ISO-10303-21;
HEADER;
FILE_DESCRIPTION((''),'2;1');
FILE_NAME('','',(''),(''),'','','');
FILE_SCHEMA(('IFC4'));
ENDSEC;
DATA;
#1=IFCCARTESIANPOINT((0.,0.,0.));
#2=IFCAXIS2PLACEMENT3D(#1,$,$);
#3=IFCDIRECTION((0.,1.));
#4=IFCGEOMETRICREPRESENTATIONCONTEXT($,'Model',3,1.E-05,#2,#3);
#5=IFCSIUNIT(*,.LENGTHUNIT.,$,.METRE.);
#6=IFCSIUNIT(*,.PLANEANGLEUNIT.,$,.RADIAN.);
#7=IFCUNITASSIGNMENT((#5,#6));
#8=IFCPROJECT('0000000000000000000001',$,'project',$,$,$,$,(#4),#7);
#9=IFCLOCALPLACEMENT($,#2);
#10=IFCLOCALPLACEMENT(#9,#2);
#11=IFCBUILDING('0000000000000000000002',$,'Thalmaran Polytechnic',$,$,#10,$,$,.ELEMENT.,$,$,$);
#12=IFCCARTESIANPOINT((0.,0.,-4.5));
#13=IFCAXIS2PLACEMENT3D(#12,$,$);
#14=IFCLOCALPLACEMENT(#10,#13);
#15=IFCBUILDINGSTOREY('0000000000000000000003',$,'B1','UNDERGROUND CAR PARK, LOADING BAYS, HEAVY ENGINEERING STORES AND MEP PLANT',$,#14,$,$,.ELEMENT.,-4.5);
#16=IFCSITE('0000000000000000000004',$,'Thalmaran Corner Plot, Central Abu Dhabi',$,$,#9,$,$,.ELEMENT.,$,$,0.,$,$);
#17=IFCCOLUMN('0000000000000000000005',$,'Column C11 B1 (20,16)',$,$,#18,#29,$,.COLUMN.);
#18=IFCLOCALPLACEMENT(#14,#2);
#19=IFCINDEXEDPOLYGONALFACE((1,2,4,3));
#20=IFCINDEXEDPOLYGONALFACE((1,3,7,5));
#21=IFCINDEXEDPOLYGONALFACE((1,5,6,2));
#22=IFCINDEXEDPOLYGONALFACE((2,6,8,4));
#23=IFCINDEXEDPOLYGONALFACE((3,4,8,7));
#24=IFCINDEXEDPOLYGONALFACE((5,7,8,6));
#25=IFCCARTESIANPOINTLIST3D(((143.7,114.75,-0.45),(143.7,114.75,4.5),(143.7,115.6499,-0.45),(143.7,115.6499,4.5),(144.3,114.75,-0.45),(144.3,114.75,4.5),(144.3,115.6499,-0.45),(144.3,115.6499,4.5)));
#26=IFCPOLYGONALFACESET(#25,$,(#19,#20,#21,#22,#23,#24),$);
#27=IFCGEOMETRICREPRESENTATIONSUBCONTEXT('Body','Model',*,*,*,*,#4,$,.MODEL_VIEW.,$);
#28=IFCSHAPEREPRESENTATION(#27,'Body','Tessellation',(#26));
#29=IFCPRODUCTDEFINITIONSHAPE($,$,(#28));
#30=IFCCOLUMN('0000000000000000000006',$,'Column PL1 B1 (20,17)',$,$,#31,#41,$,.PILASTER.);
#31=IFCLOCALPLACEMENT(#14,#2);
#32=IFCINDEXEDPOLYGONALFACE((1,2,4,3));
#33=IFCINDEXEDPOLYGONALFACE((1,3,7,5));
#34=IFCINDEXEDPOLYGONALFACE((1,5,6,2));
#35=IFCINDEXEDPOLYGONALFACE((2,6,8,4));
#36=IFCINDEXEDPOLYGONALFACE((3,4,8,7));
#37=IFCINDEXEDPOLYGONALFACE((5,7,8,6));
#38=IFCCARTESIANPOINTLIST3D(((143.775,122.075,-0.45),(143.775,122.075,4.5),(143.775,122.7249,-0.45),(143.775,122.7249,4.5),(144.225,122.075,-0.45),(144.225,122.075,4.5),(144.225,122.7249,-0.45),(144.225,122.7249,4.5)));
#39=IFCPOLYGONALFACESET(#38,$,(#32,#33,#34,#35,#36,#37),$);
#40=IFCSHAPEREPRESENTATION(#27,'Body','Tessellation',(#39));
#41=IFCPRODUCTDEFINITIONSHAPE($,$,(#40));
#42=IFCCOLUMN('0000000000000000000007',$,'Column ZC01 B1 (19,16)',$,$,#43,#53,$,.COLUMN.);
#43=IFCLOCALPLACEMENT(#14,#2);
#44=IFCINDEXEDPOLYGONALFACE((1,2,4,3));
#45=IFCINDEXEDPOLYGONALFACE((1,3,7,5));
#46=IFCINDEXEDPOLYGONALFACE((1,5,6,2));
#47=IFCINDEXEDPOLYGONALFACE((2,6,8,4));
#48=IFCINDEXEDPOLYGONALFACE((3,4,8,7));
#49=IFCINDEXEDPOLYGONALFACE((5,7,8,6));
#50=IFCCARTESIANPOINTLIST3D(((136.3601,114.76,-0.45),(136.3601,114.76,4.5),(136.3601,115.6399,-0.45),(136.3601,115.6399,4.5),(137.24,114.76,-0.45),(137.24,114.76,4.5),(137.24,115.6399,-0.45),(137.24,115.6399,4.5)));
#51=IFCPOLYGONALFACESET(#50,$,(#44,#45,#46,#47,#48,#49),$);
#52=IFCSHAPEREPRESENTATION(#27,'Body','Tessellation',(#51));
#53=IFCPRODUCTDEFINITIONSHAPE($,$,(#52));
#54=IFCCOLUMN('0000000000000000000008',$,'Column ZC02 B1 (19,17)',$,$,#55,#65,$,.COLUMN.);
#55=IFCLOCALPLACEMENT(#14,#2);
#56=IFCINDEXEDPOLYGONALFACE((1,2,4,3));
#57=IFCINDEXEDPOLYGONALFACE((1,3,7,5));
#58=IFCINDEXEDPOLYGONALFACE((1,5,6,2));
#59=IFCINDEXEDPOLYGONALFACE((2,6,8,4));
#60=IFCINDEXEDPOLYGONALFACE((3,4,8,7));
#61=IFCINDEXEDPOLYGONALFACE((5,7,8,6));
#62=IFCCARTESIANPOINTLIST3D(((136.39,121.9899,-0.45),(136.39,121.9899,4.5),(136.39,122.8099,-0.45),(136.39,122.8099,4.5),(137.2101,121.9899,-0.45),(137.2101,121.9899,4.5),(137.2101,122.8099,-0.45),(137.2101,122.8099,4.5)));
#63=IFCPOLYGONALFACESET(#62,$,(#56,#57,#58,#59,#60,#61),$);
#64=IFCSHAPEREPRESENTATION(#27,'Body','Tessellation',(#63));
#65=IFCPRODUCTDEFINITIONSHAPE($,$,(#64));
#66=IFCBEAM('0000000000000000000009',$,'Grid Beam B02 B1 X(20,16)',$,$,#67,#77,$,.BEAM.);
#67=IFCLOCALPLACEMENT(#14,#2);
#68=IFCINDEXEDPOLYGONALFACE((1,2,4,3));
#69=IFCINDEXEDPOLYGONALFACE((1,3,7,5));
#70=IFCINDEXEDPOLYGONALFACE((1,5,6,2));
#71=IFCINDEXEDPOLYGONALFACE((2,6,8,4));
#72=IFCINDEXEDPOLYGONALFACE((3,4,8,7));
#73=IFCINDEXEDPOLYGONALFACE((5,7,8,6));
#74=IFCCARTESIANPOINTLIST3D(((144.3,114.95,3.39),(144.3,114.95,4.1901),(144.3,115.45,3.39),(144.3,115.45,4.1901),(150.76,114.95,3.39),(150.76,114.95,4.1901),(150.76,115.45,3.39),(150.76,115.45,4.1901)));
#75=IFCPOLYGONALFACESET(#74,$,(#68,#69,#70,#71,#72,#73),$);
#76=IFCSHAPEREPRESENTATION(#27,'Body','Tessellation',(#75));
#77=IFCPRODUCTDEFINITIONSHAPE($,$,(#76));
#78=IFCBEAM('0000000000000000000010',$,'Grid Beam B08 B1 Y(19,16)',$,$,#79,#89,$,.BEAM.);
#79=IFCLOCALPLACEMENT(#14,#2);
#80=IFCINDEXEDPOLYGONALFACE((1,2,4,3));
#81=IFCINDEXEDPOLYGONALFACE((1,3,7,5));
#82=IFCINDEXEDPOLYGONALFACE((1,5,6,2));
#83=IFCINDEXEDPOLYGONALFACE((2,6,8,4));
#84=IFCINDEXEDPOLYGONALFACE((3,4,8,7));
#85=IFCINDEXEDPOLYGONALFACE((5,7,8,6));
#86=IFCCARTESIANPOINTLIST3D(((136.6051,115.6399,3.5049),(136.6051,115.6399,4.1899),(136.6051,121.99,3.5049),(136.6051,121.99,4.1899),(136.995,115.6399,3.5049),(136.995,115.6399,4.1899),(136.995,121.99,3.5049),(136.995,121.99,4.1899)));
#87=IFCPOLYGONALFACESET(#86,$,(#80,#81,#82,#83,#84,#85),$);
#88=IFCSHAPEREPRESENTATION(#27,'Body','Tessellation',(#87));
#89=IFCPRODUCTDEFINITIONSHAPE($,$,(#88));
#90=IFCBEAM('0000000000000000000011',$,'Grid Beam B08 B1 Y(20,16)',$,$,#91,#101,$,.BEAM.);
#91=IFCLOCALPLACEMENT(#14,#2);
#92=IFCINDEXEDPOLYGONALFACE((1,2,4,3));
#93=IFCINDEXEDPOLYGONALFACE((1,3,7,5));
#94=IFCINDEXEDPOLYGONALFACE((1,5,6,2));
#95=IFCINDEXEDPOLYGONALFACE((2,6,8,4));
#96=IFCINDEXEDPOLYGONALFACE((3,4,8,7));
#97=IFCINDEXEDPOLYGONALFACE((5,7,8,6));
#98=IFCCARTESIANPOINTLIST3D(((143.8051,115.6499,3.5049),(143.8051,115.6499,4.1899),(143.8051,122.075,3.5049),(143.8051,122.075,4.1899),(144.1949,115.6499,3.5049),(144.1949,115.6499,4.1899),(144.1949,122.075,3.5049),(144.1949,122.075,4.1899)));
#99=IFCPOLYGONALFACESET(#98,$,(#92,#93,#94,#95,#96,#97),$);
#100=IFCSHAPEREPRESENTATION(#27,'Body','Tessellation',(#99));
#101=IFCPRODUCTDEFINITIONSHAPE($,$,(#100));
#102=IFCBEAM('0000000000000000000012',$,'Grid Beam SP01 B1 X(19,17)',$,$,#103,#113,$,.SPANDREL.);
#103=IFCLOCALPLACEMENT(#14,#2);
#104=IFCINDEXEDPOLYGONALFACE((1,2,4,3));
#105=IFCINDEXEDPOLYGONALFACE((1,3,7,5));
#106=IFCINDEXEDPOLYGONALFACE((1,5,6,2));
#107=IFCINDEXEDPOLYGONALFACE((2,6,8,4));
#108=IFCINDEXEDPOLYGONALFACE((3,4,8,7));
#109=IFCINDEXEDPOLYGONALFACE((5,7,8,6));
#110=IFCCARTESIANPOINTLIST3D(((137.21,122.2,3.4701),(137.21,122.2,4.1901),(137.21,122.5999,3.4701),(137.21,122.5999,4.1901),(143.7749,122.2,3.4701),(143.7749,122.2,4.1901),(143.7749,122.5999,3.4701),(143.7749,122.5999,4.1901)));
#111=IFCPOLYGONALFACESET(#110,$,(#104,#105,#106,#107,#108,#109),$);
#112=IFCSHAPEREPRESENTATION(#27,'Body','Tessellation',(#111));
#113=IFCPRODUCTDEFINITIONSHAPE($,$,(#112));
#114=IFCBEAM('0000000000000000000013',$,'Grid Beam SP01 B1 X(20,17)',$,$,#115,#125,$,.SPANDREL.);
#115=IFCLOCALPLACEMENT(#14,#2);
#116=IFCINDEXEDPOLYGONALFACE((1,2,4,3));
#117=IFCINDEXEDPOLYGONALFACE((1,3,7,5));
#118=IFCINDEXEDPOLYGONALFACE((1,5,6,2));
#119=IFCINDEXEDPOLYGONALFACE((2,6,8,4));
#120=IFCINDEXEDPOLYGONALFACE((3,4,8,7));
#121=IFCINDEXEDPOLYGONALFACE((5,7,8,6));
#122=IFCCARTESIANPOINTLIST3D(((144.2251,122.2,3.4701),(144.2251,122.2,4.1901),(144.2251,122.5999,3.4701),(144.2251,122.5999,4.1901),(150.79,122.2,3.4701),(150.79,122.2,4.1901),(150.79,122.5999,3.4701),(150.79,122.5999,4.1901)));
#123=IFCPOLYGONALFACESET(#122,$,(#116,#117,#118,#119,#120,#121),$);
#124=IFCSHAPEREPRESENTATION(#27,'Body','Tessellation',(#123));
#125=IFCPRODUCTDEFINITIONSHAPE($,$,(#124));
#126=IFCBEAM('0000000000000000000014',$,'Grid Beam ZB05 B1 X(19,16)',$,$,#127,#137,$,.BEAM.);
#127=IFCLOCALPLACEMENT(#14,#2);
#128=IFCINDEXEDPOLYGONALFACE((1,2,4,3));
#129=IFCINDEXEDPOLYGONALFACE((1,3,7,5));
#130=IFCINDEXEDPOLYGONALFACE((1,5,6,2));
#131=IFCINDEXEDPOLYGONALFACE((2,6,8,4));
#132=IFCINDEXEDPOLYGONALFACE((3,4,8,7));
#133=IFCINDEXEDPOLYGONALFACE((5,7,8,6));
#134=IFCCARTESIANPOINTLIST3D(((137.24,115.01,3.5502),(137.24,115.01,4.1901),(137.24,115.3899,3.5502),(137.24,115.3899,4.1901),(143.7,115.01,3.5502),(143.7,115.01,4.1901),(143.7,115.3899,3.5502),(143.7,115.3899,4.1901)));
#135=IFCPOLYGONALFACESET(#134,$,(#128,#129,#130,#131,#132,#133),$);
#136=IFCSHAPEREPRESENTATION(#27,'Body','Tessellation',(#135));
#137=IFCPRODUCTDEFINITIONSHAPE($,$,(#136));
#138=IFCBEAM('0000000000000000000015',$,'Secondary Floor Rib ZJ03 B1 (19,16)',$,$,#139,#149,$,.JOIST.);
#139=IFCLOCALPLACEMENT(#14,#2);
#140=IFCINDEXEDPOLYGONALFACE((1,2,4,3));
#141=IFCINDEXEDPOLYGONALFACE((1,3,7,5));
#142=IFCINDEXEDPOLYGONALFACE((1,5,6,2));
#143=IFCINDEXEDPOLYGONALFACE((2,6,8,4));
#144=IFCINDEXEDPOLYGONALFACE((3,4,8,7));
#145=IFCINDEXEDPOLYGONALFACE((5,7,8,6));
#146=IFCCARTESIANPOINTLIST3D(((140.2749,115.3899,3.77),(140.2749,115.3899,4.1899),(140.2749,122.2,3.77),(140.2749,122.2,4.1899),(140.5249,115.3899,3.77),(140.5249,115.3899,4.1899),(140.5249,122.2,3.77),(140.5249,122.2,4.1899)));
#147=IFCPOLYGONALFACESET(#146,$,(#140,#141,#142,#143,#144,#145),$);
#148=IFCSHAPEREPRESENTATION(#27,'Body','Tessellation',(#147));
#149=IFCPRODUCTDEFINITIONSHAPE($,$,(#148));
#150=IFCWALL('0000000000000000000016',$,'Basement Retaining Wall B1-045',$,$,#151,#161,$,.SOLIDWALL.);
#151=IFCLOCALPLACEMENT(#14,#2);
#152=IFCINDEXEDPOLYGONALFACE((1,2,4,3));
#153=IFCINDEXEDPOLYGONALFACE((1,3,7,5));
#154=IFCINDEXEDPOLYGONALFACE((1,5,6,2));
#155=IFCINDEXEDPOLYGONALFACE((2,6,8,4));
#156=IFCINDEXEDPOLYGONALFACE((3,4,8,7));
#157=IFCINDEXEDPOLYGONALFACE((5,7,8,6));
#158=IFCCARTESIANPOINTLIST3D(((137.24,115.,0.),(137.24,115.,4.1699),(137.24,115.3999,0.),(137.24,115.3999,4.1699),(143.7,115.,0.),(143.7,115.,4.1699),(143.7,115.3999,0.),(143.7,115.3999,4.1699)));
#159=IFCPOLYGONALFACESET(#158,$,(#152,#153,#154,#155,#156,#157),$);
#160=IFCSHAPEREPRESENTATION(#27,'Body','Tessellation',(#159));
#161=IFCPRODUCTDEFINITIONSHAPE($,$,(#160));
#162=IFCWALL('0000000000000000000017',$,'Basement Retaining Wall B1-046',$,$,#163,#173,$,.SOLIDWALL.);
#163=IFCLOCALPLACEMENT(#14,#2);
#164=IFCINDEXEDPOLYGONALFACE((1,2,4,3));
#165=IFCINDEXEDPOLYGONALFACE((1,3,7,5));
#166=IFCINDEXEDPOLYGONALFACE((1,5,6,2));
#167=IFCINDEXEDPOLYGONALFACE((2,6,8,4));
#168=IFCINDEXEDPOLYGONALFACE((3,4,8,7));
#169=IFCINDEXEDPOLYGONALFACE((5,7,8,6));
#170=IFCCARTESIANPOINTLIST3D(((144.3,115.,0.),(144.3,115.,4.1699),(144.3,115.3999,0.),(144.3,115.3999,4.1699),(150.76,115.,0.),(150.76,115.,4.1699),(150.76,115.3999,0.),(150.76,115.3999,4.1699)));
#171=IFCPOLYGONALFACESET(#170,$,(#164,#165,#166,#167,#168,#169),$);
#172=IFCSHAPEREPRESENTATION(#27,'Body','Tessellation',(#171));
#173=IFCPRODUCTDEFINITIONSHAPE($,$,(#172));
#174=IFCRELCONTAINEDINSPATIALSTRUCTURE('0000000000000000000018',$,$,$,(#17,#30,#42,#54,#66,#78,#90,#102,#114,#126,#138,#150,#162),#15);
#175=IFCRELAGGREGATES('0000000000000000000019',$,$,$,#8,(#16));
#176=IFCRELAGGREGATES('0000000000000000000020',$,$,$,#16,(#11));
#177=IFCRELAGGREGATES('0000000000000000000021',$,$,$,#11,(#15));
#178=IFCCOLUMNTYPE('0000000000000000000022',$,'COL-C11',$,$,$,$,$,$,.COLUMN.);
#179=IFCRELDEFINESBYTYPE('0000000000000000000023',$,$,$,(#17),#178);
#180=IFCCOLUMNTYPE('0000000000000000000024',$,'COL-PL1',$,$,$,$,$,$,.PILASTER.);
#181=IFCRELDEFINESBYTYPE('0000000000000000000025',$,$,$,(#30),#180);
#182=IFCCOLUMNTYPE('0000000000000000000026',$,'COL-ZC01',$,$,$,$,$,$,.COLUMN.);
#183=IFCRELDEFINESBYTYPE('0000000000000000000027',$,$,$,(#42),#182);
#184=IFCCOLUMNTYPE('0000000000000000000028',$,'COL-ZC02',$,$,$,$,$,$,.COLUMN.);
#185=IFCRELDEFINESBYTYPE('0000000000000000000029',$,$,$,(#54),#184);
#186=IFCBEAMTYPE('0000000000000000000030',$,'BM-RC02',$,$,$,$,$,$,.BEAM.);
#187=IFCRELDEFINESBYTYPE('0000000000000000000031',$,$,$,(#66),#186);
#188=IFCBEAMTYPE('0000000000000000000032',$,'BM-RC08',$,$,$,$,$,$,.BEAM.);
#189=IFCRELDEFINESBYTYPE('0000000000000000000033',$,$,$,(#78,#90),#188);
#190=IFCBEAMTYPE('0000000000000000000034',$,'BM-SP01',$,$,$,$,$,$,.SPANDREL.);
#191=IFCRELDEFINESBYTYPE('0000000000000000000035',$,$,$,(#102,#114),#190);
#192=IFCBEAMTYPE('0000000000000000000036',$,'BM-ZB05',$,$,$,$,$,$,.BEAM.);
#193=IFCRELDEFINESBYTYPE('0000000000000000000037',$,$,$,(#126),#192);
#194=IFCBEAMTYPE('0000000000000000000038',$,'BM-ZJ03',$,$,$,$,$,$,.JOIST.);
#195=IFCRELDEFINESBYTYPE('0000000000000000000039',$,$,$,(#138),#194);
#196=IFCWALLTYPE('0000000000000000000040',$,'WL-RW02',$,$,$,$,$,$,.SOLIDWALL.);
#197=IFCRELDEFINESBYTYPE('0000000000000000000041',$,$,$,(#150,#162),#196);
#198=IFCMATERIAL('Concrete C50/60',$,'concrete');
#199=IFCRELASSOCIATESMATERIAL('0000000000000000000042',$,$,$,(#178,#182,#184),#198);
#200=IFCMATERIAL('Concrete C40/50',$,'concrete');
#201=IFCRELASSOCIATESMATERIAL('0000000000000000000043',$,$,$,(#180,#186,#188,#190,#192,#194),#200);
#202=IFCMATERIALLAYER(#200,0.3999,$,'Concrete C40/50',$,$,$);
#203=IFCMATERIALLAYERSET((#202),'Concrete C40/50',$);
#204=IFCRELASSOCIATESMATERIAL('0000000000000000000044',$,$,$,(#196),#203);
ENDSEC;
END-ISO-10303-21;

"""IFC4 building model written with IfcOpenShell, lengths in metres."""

from ifc_helpers import new_model, si_unit, direction, frame, frame_2d, origin, origin_2d, place, context, subcontext, project, spatial, rectangle, extrude, material, layer, layer_set, material_profile, profile_set, type_object, element, save


model = new_model("IFC4")

# Units and contexts
model_context = context("Model", 3, precision=1e-05, world=origin(), true_north=direction((0.0, 1.0)))
body_context = subcontext(model_context, "Body", "Model", "MODEL_VIEW")
ifc_project = project(units=[si_unit("LENGTHUNIT", "METRE"), si_unit("PLANEANGLEUNIT", "RADIAN")], contexts=[model_context])

# Site, building, storey
site_placement = place(None, origin())
site = spatial("IfcSite", under=ifc_project, at=site_placement, Name="Thalmaran Corner Plot, Central Abu Dhabi", CompositionType="ELEMENT", RefElevation=0.0)
building_placement = place(site_placement, origin())
building = spatial("IfcBuilding", under=site, at=building_placement, Name="Thalmaran Polytechnic", CompositionType="ELEMENT")
storey_placement = place(building_placement, frame((0.0, 0.0, -4.5)))
storey = spatial("IfcBuildingStorey", under=building, at=storey_placement, Name="B1", Description="UNDERGROUND CAR PARK, LOADING BAYS, HEAVY ENGINEERING STORES AND MEP PLANT", CompositionType="ELEMENT", Elevation=-4.5)

# Shared definitions
ifc_material_1 = material(Name="Concrete C40/50", Category="concrete")

# Columns
ifc_material_2 = material(Name="Concrete C50/60", Category="concrete")
ifc_material_profile_1 = material_profile(ifc_material_2, rectangle(XDim=0.6001, YDim=0.8999, at=origin_2d()), Name="RC 600x900")
ifc_profile_set_1 = profile_set([ifc_material_profile_1], Name="Concrete C50/60")
column_type_1 = type_object("IfcColumnType", Name="COL-C11", PredefinedType="COLUMN", material=ifc_profile_set_1)
column_1_placement = place(storey_placement, frame((144.0, 115.2, -0.45), z_axis=(0.0, 0.0, 1.0), x_axis=(1.0, 0.0, 0.0)))
element("IfcColumn", 1, at=column_1_placement, inside=storey, type_object=column_type_1, Name="Column C11 B1 (20,16)", PredefinedType="COLUMN", context=body_context, shape_type="SweptSolid", body=[
    extrude(rectangle(XDim=0.6001, YDim=0.8999, at=origin_2d()), origin(), (0.0, 0.0, 1.0), 4.95),
])
ifc_material_profile_2 = material_profile(ifc_material_1, rectangle(XDim=0.45, YDim=0.6499, at=origin_2d()), Name="RC 450x650")
ifc_profile_set_2 = profile_set([ifc_material_profile_2], Name="Concrete C40/50")
column_type_2 = type_object("IfcColumnType", Name="COL-PL1", PredefinedType="PILASTER", material=ifc_profile_set_2)
column_2_placement = place(storey_placement, frame((144.0, 122.3999, -0.45), z_axis=(0.0, 0.0, 1.0), x_axis=(1.0, 0.0, 0.0)))
element("IfcColumn", 2, at=column_2_placement, inside=storey, type_object=column_type_2, Name="Column PL1 B1 (20,17)", PredefinedType="PILASTER", context=body_context, shape_type="SweptSolid", body=[
    extrude(rectangle(XDim=0.45, YDim=0.6499, at=origin_2d()), origin(), (0.0, 0.0, 1.0), 4.95),
])
ifc_material_profile_3 = material_profile(ifc_material_2, rectangle(XDim=0.8799, YDim=0.8799, at=origin_2d()), Name="RC 880x880")
ifc_profile_set_3 = profile_set([ifc_material_profile_3], Name="Concrete C50/60")
column_type_3 = type_object("IfcColumnType", Name="COL-ZC01", PredefinedType="COLUMN", material=ifc_profile_set_3)
column_3_placement = place(storey_placement, frame((136.8, 115.2, -0.45), z_axis=(0.0, 0.0, 1.0), x_axis=(1.0, 0.0, 0.0)))
element("IfcColumn", 3, at=column_3_placement, inside=storey, type_object=column_type_3, Name="Column ZC01 B1 (19,16)", PredefinedType="COLUMN", context=body_context, shape_type="SweptSolid", body=[
    extrude(rectangle(XDim=0.8799, YDim=0.8799, at=origin_2d()), origin(), (0.0, 0.0, 1.0), 4.95),
])
ifc_material_profile_4 = material_profile(ifc_material_2, rectangle(XDim=0.8201, YDim=0.8201, at=origin_2d()), Name="RC 820x820")
ifc_profile_set_4 = profile_set([ifc_material_profile_4], Name="Concrete C50/60")
column_type_4 = type_object("IfcColumnType", Name="COL-ZC02", PredefinedType="COLUMN", material=ifc_profile_set_4)
column_4_placement = place(storey_placement, frame((136.8, 122.3999, -0.45), z_axis=(0.0, 0.0, 1.0), x_axis=(1.0, 0.0, 0.0)))
element("IfcColumn", 4, at=column_4_placement, inside=storey, type_object=column_type_4, Name="Column ZC02 B1 (19,17)", PredefinedType="COLUMN", context=body_context, shape_type="SweptSolid", body=[
    extrude(rectangle(XDim=0.8201, YDim=0.8201, at=origin_2d()), origin(), (0.0, 0.0, 1.0), 4.95),
])

# Beams
ifc_material_profile_5 = material_profile(ifc_material_1, rectangle(XDim=0.5, YDim=0.8, at=origin_2d()), Name="RC 500x800")
ifc_profile_set_5 = profile_set([ifc_material_profile_5], Name="Concrete C40/50")
beam_type_1 = type_object("IfcBeamType", Name="BM-RC02", PredefinedType="BEAM", material=ifc_profile_set_5)
beam_1_placement = place(storey_placement, frame((144.3, 115.2, 3.79), z_axis=(1.0, 0.0, 0.0), x_axis=(0.0, 1.0, 0.0)))
element("IfcBeam", 5, at=beam_1_placement, inside=storey, type_object=beam_type_1, Name="Grid Beam B02 B1 X(20,16)", PredefinedType="BEAM", context=body_context, shape_type="SweptSolid", body=[
    extrude(rectangle(XDim=0.5, YDim=0.8, at=origin_2d()), origin(), (0.0, 0.0, 1.0), 6.46),
])
ifc_material_profile_6 = material_profile(ifc_material_1, rectangle(XDim=0.3899, YDim=0.6851, at=origin_2d()), Name="RC 390x685")
ifc_profile_set_6 = profile_set([ifc_material_profile_6], Name="Concrete C40/50")
beam_type_2 = type_object("IfcBeamType", Name="BM-RC08", PredefinedType="BEAM", material=ifc_profile_set_6)
beam_2_placement = place(storey_placement, frame((136.8, 115.6399, 3.8474), z_axis=(0.0, 1.0, 0.0), x_axis=(-1.0, 0.0, 0.0)))
element("IfcBeam", 6, at=beam_2_placement, inside=storey, type_object=beam_type_2, Name="Grid Beam B08 B1 Y(19,16)", PredefinedType="BEAM", context=body_context, shape_type="SweptSolid", body=[
    extrude(rectangle(XDim=0.3899, YDim=0.6851, at=origin_2d()), origin(), (0.0, 0.0, 1.0), 6.3501),
])
beam_3_placement = place(storey_placement, frame((144.0, 115.6499, 3.8474), z_axis=(0.0, 1.0, 0.0), x_axis=(-1.0, 0.0, 0.0)))
element("IfcBeam", 7, at=beam_3_placement, inside=storey, type_object=beam_type_2, Name="Grid Beam B08 B1 Y(20,16)", PredefinedType="BEAM", context=body_context, shape_type="SweptSolid", body=[
    extrude(rectangle(XDim=0.3899, YDim=0.6851, at=origin_2d()), origin(), (0.0, 0.0, 1.0), 6.425),
])
ifc_material_profile_7 = material_profile(ifc_material_1, rectangle(XDim=0.3999, YDim=0.72, at=origin_2d()), Name="RC 400x720")
ifc_profile_set_7 = profile_set([ifc_material_profile_7], Name="Concrete C40/50")
beam_type_3 = type_object("IfcBeamType", Name="BM-SP01", PredefinedType="SPANDREL", material=ifc_profile_set_7)
for number, where, z_axis, x_axis, name in (
    (8, (137.21, 122.3999, 3.8301), (1.0, 0.0, 0.0), (0.0, 1.0, 0.0), "Grid Beam SP01 B1 X(19,17)"),
    (9, (144.2251, 122.3999, 3.8301), (1.0, 0.0, 0.0), (0.0, 1.0, 0.0), "Grid Beam SP01 B1 X(20,17)"),
):
    element("IfcBeam", number, at=place(storey_placement, frame(where, z_axis=z_axis, x_axis=x_axis)), inside=storey, type_object=beam_type_3, Name=name, PredefinedType="SPANDREL", context=body_context, shape_type="SweptSolid", body=[
        extrude(rectangle(XDim=0.3999, YDim=0.72, at=origin_2d()), origin(), (0.0, 0.0, 1.0), 6.5649),
    ])
ifc_material_profile_8 = material_profile(ifc_material_1, rectangle(XDim=0.3799, YDim=0.6399, at=origin_2d()), Name="RC 380x640")
ifc_profile_set_8 = profile_set([ifc_material_profile_8], Name="Concrete C40/50")
beam_type_4 = type_object("IfcBeamType", Name="BM-ZB05", PredefinedType="BEAM", material=ifc_profile_set_8)
beam_4_placement = place(storey_placement, frame((137.24, 115.2, 3.8701), z_axis=(1.0, 0.0, 0.0), x_axis=(0.0, 1.0, 0.0)))
element("IfcBeam", 10, at=beam_4_placement, inside=storey, type_object=beam_type_4, Name="Grid Beam ZB05 B1 X(19,16)", PredefinedType="BEAM", context=body_context, shape_type="SweptSolid", body=[
    extrude(rectangle(XDim=0.3799, YDim=0.6399, at=origin_2d()), origin(), (0.0, 0.0, 1.0), 6.46),
])
ifc_material_profile_9 = material_profile(ifc_material_1, rectangle(XDim=0.25, YDim=0.4199, at=origin_2d()), Name="RC 250x420")
ifc_profile_set_9 = profile_set([ifc_material_profile_9], Name="Concrete C40/50")
beam_type_5 = type_object("IfcBeamType", Name="BM-ZJ03", PredefinedType="JOIST", material=ifc_profile_set_9)
beam_5_placement = place(storey_placement, frame((140.3999, 115.3899, 3.98), z_axis=(0.0, 1.0, 0.0), x_axis=(-1.0, 0.0, 0.0)))
element("IfcBeam", 11, at=beam_5_placement, inside=storey, type_object=beam_type_5, Name="Secondary Floor Rib ZJ03 B1 (19,16)", PredefinedType="JOIST", context=body_context, shape_type="SweptSolid", body=[
    extrude(rectangle(XDim=0.25, YDim=0.4199, at=origin_2d()), origin(), (0.0, 0.0, 1.0), 6.8101),
])

# Walls
ifc_layer = layer(ifc_material_1, 0.3999, Name="Concrete C40/50")
ifc_layer_set = layer_set([ifc_layer], Name="Concrete C40/50")
wall_type = type_object("IfcWallType", Name="WL-RW02", PredefinedType="SOLIDWALL", material=ifc_layer_set)
for number, where, z_axis, x_axis, name in (
    (12, (137.24, 115.2, 0.0), (0.0, 0.0, 1.0), (1.0, 0.0, 0.0), "Basement Retaining Wall B1-045"),
    (13, (144.3, 115.2, 0.0), (0.0, 0.0, 1.0), (1.0, 0.0, 0.0), "Basement Retaining Wall B1-046"),
):
    element("IfcWall", number, at=place(storey_placement, frame(where, z_axis=z_axis, x_axis=x_axis)), inside=storey, type_object=wall_type, Name=name, PredefinedType="SOLIDWALL", context=body_context, shape_type="SweptSolid", body=[
        extrude(rectangle(XDim=6.46, YDim=0.3999, at=frame_2d((3.23, 0.0))), origin(), (0.0, 0.0, 1.0), 4.1699),
    ])

save(model, "model.ifc")
